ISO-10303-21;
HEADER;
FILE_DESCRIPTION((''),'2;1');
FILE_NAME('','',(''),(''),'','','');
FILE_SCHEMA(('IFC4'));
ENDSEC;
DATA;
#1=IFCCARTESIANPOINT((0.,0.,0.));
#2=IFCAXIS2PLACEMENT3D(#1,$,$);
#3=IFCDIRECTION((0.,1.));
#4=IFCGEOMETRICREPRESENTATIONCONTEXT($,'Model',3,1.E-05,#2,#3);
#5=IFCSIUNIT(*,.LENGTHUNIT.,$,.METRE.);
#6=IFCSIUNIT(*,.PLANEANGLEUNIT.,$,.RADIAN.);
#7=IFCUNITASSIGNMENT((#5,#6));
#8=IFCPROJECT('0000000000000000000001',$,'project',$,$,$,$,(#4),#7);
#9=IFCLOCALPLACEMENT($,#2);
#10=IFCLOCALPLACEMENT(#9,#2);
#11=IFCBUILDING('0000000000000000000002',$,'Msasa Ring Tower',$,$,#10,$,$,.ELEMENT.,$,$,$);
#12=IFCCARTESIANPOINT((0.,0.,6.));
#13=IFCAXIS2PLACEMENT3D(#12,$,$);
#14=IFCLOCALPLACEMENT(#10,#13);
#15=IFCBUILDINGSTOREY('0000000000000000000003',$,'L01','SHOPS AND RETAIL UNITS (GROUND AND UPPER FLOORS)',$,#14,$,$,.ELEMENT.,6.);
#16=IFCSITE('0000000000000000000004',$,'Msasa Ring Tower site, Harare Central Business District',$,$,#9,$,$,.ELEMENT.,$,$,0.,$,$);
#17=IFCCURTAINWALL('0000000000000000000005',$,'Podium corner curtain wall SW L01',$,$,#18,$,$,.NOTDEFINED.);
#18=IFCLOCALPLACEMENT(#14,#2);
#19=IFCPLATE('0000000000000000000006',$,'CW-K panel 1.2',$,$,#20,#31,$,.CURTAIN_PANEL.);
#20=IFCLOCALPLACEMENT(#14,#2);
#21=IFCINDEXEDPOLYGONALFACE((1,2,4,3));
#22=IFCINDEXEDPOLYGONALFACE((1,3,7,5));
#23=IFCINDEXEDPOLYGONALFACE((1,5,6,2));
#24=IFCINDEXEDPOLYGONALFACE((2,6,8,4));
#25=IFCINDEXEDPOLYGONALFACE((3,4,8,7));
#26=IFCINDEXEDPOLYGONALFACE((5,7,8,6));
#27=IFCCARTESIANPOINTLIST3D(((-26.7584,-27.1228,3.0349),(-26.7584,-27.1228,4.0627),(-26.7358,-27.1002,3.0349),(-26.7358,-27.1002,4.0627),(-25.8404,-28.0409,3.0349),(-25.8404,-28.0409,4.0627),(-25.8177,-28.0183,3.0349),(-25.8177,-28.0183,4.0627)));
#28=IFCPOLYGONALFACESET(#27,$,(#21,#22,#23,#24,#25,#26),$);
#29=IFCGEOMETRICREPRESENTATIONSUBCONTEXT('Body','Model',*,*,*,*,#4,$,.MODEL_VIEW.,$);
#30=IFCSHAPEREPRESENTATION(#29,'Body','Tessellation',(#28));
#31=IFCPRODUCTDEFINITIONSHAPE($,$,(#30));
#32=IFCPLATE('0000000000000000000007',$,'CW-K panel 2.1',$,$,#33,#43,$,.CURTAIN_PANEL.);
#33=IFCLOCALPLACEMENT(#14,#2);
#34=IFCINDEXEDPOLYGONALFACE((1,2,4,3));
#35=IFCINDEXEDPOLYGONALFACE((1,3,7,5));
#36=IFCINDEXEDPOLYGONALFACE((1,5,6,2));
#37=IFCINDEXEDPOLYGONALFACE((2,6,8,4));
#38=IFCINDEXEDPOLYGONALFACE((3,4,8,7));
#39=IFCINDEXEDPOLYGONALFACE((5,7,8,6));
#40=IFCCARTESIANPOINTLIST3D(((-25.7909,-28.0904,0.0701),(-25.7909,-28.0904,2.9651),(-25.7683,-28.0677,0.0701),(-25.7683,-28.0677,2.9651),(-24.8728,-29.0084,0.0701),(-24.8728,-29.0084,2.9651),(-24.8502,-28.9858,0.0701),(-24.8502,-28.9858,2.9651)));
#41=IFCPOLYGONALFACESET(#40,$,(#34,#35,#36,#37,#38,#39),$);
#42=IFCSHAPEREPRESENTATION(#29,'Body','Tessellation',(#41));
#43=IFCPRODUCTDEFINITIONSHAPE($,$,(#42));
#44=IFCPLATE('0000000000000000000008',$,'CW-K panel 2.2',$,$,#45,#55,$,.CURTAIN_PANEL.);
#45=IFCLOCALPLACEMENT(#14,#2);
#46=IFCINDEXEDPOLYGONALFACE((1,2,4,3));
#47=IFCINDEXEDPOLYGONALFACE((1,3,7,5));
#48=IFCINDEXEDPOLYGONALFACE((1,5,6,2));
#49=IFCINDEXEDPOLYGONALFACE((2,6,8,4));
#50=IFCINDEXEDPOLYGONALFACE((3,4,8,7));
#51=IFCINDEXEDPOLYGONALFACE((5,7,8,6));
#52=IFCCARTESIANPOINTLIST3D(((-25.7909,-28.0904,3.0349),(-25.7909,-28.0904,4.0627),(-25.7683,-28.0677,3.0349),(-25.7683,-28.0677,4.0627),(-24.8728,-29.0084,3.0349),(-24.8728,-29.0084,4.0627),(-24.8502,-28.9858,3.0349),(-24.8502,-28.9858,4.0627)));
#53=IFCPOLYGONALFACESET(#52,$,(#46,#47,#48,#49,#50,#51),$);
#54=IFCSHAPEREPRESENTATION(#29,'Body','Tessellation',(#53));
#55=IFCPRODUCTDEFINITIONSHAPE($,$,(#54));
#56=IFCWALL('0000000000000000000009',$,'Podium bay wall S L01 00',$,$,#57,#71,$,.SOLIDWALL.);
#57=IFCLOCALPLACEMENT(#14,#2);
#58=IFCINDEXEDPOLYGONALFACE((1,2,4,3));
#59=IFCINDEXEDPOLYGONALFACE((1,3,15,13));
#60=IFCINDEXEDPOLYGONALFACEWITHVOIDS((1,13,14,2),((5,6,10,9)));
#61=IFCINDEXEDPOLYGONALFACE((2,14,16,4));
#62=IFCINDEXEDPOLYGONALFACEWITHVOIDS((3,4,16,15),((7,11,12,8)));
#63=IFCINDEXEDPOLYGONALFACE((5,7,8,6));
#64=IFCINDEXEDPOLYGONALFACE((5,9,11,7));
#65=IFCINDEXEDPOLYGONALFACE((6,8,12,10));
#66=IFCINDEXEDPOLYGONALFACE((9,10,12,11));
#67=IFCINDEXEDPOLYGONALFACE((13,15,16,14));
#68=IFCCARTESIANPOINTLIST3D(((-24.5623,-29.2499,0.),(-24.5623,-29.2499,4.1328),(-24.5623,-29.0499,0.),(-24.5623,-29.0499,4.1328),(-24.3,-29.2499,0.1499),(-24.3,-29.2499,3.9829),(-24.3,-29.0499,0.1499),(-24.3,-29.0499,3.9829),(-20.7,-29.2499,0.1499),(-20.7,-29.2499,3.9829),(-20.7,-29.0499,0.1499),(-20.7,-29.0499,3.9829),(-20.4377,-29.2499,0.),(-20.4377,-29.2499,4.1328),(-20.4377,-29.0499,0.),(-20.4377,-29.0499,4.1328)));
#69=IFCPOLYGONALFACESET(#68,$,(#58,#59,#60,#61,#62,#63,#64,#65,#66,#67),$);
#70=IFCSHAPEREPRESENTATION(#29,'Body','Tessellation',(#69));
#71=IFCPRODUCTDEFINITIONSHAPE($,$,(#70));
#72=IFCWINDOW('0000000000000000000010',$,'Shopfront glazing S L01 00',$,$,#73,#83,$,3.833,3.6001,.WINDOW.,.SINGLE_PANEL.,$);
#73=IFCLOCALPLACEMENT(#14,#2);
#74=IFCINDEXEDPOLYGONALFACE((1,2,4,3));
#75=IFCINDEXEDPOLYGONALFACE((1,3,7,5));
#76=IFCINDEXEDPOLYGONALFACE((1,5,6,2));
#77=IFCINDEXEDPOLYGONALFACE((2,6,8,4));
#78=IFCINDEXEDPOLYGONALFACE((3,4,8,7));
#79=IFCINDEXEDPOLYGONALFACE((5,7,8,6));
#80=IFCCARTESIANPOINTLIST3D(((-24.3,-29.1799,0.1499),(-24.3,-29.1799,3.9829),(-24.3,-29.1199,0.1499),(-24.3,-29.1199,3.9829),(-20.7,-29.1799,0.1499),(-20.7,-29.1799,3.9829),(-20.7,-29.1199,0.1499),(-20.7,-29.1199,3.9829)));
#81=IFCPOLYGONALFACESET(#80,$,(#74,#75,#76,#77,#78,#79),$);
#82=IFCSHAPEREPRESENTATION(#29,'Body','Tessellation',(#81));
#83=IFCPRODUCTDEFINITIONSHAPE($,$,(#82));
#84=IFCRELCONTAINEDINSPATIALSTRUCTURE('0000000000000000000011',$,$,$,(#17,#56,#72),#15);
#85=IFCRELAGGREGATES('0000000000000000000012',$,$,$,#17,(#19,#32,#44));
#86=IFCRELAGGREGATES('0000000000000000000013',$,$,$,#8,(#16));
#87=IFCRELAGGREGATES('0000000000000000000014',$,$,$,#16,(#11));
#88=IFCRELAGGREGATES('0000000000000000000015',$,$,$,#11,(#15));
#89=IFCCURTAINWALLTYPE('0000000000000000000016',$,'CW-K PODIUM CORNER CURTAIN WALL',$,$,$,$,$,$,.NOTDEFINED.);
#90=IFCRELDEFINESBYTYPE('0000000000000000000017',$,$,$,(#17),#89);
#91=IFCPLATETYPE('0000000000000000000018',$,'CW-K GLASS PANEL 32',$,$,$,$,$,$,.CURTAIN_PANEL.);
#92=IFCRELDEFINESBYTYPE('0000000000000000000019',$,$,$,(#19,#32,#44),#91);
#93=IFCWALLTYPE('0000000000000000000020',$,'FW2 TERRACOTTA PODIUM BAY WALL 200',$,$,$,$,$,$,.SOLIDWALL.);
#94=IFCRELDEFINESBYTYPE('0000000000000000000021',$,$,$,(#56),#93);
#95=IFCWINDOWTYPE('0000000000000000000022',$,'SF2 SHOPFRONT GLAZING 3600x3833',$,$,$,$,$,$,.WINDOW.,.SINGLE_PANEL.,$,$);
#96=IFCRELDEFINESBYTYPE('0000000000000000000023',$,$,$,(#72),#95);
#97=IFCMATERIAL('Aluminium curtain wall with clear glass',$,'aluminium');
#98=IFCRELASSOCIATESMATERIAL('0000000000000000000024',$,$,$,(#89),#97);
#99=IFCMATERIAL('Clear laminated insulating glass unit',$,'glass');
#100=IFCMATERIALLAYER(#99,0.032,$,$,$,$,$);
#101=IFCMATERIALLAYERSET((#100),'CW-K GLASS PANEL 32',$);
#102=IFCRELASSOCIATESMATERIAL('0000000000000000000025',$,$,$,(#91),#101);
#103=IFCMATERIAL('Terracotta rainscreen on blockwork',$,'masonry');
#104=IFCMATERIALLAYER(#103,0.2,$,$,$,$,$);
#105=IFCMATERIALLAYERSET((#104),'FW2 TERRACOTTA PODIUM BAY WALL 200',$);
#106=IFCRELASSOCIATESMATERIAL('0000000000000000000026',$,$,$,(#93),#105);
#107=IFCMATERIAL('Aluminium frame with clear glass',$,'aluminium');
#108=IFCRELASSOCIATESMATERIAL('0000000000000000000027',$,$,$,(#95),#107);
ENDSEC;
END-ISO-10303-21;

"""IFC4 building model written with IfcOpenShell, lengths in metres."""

from ifc_helpers import new_model, si_unit, direction, frame, frame_2d, origin, origin_2d, place, context, subcontext, project, spatial, rectangle, extrude, material, layer, layer_set, type_object, element, fill, aggregate, save


model = new_model("IFC4")

# Units and contexts
model_context = context("Model", 3, precision=1e-05, world=origin(), true_north=direction((0.0, 1.0)))
body_context = subcontext(model_context, "Body", "Model", "MODEL_VIEW")
ifc_project = project(units=[si_unit("LENGTHUNIT", "METRE"), si_unit("PLANEANGLEUNIT", "RADIAN")], contexts=[model_context])

# Site, building, storey
site_placement = place(None, origin())
site = spatial("IfcSite", under=ifc_project, at=site_placement, Name="Msasa Ring Tower site, Harare Central Business District", CompositionType="ELEMENT", RefElevation=0.0)
building_placement = place(site_placement, origin())
building = spatial("IfcBuilding", under=site, at=building_placement, Name="Msasa Ring Tower", CompositionType="ELEMENT")
storey_placement = place(building_placement, frame((0.0, 0.0, 6.0)))
storey = spatial("IfcBuildingStorey", under=building, at=storey_placement, Name="L01", Description="SHOPS AND RETAIL UNITS (GROUND AND UPPER FLOORS)", CompositionType="ELEMENT", Elevation=6.0)

# Curtain wall
ifc_material_1 = material(Name="Aluminium curtain wall with clear glass", Category="aluminium")
curtain_wall_type = type_object("IfcCurtainWallType", Name="CW-K PODIUM CORNER CURTAIN WALL", PredefinedType="NOTDEFINED", material=ifc_material_1)
curtain_wall_placement = place(storey_placement, origin())
curtain_wall = element("IfcCurtainWall", 1, at=curtain_wall_placement, inside=storey, type_object=curtain_wall_type, Name="Podium corner curtain wall SW L01", PredefinedType="NOTDEFINED")

# Plates
ifc_material_2 = material(Name="Clear laminated insulating glass unit", Category="glass")
ifc_layer_1 = layer(ifc_material_2, 0.032)
ifc_layer_set_1 = layer_set([ifc_layer_1], Name="CW-K GLASS PANEL 32")
plate_type = type_object("IfcPlateType", Name="CW-K GLASS PANEL 32", PredefinedType="CURTAIN_PANEL", material=ifc_layer_set_1)
plate_1_placement = place(storey_placement, frame((-26.2881, -27.5706, 3.0349), z_axis=(0.0, 0.0, 1.0), x_axis=(0.707107, -0.707107, 0.0)))
plate_1 = element("IfcPlate", 2, at=plate_1_placement, type_object=plate_type, Name="CW-K panel 1.2", PredefinedType="CURTAIN_PANEL", context=body_context, shape_type="SweptSolid", body=[
    extrude(rectangle(XDim=1.2983, YDim=0.032, at=origin_2d()), origin(), (0.0, 0.0, 1.0), 1.0278),
])
plate_2_placement = place(storey_placement, frame((-25.3206, -28.5381, 0.0701), z_axis=(0.0, 0.0, 1.0), x_axis=(0.707107, -0.707107, 0.0)))
plate_2 = element("IfcPlate", 3, at=plate_2_placement, type_object=plate_type, Name="CW-K panel 2.1", PredefinedType="CURTAIN_PANEL", context=body_context, shape_type="SweptSolid", body=[
    extrude(rectangle(XDim=1.2983, YDim=0.032, at=origin_2d()), origin(), (0.0, 0.0, 1.0), 2.895),
])
plate_3_placement = place(storey_placement, frame((-25.3206, -28.5381, 3.0349), z_axis=(0.0, 0.0, 1.0), x_axis=(0.707107, -0.707107, 0.0)))
plate_3 = element("IfcPlate", 4, at=plate_3_placement, type_object=plate_type, Name="CW-K panel 2.2", PredefinedType="CURTAIN_PANEL", context=body_context, shape_type="SweptSolid", body=[
    extrude(rectangle(XDim=1.2983, YDim=0.032, at=origin_2d()), origin(), (0.0, 0.0, 1.0), 1.0278),
])
aggregate(curtain_wall, [plate_1, plate_2, plate_3])

# Wall, opening, window
ifc_material_3 = material(Name="Terracotta rainscreen on blockwork", Category="masonry")
ifc_layer_2 = layer(ifc_material_3, 0.2)
ifc_layer_set_2 = layer_set([ifc_layer_2], Name="FW2 TERRACOTTA PODIUM BAY WALL 200")
wall_type = type_object("IfcWallType", Name="FW2 TERRACOTTA PODIUM BAY WALL 200", PredefinedType="SOLIDWALL", material=ifc_layer_set_2)
wall_placement = place(storey_placement, frame((-24.5623, -29.1499, 0.0), z_axis=(0.0, 0.0, 1.0), x_axis=(1.0, 0.0, 0.0)))
wall = element("IfcWall", 5, at=wall_placement, inside=storey, type_object=wall_type, Name="Podium bay wall S L01 00", PredefinedType="SOLIDWALL", context=body_context, shape_type="SweptSolid", body=[
    extrude(rectangle(XDim=4.1245, YDim=0.2, at=frame_2d((2.0623, 0.0))), origin(), (0.0, 0.0, 1.0), 4.1328),
])
opening_placement = place(wall_placement, frame((0.2622, 0.0, 0.1499)))
opening = element("IfcOpeningElement", 6, at=opening_placement, cuts=wall, PredefinedType="OPENING", context=body_context, shape_type="SweptSolid", body=[
    extrude(rectangle(XDim=3.6001, YDim=3.833, at=frame_2d((1.8, 1.9165))), frame((0.0, 0.1099, 0.0), z_axis=(0.0, -1.0, 0.0), x_axis=(1.0, 0.0, 0.0)), (0.0, 0.0, 1.0), 0.22),
])
ifc_material_4 = material(Name="Aluminium frame with clear glass", Category="aluminium")
window_type = type_object("IfcWindowType", Name="SF2 SHOPFRONT GLAZING 3600x3833", PartitioningType="SINGLE_PANEL", PredefinedType="WINDOW", material=ifc_material_4)
window_placement = place(opening_placement, origin())
window = element("IfcWindow", 7, at=window_placement, inside=storey, type_object=window_type, Name="Shopfront glazing S L01 00", OverallHeight=3.833, OverallWidth=3.6001, PartitioningType="SINGLE_PANEL", PredefinedType="WINDOW", context=body_context, shape_type="SweptSolid", body=[
    extrude(rectangle(XDim=3.6001, YDim=3.833, at=frame_2d((1.8, 1.9165))), frame((0.0, 0.03, 0.0), z_axis=(0.0, -1.0, 0.0), x_axis=(1.0, 0.0, 0.0)), (0.0, 0.0, 1.0), 0.0601),
])
fill(opening, window)

save(model, "model.ifc")
